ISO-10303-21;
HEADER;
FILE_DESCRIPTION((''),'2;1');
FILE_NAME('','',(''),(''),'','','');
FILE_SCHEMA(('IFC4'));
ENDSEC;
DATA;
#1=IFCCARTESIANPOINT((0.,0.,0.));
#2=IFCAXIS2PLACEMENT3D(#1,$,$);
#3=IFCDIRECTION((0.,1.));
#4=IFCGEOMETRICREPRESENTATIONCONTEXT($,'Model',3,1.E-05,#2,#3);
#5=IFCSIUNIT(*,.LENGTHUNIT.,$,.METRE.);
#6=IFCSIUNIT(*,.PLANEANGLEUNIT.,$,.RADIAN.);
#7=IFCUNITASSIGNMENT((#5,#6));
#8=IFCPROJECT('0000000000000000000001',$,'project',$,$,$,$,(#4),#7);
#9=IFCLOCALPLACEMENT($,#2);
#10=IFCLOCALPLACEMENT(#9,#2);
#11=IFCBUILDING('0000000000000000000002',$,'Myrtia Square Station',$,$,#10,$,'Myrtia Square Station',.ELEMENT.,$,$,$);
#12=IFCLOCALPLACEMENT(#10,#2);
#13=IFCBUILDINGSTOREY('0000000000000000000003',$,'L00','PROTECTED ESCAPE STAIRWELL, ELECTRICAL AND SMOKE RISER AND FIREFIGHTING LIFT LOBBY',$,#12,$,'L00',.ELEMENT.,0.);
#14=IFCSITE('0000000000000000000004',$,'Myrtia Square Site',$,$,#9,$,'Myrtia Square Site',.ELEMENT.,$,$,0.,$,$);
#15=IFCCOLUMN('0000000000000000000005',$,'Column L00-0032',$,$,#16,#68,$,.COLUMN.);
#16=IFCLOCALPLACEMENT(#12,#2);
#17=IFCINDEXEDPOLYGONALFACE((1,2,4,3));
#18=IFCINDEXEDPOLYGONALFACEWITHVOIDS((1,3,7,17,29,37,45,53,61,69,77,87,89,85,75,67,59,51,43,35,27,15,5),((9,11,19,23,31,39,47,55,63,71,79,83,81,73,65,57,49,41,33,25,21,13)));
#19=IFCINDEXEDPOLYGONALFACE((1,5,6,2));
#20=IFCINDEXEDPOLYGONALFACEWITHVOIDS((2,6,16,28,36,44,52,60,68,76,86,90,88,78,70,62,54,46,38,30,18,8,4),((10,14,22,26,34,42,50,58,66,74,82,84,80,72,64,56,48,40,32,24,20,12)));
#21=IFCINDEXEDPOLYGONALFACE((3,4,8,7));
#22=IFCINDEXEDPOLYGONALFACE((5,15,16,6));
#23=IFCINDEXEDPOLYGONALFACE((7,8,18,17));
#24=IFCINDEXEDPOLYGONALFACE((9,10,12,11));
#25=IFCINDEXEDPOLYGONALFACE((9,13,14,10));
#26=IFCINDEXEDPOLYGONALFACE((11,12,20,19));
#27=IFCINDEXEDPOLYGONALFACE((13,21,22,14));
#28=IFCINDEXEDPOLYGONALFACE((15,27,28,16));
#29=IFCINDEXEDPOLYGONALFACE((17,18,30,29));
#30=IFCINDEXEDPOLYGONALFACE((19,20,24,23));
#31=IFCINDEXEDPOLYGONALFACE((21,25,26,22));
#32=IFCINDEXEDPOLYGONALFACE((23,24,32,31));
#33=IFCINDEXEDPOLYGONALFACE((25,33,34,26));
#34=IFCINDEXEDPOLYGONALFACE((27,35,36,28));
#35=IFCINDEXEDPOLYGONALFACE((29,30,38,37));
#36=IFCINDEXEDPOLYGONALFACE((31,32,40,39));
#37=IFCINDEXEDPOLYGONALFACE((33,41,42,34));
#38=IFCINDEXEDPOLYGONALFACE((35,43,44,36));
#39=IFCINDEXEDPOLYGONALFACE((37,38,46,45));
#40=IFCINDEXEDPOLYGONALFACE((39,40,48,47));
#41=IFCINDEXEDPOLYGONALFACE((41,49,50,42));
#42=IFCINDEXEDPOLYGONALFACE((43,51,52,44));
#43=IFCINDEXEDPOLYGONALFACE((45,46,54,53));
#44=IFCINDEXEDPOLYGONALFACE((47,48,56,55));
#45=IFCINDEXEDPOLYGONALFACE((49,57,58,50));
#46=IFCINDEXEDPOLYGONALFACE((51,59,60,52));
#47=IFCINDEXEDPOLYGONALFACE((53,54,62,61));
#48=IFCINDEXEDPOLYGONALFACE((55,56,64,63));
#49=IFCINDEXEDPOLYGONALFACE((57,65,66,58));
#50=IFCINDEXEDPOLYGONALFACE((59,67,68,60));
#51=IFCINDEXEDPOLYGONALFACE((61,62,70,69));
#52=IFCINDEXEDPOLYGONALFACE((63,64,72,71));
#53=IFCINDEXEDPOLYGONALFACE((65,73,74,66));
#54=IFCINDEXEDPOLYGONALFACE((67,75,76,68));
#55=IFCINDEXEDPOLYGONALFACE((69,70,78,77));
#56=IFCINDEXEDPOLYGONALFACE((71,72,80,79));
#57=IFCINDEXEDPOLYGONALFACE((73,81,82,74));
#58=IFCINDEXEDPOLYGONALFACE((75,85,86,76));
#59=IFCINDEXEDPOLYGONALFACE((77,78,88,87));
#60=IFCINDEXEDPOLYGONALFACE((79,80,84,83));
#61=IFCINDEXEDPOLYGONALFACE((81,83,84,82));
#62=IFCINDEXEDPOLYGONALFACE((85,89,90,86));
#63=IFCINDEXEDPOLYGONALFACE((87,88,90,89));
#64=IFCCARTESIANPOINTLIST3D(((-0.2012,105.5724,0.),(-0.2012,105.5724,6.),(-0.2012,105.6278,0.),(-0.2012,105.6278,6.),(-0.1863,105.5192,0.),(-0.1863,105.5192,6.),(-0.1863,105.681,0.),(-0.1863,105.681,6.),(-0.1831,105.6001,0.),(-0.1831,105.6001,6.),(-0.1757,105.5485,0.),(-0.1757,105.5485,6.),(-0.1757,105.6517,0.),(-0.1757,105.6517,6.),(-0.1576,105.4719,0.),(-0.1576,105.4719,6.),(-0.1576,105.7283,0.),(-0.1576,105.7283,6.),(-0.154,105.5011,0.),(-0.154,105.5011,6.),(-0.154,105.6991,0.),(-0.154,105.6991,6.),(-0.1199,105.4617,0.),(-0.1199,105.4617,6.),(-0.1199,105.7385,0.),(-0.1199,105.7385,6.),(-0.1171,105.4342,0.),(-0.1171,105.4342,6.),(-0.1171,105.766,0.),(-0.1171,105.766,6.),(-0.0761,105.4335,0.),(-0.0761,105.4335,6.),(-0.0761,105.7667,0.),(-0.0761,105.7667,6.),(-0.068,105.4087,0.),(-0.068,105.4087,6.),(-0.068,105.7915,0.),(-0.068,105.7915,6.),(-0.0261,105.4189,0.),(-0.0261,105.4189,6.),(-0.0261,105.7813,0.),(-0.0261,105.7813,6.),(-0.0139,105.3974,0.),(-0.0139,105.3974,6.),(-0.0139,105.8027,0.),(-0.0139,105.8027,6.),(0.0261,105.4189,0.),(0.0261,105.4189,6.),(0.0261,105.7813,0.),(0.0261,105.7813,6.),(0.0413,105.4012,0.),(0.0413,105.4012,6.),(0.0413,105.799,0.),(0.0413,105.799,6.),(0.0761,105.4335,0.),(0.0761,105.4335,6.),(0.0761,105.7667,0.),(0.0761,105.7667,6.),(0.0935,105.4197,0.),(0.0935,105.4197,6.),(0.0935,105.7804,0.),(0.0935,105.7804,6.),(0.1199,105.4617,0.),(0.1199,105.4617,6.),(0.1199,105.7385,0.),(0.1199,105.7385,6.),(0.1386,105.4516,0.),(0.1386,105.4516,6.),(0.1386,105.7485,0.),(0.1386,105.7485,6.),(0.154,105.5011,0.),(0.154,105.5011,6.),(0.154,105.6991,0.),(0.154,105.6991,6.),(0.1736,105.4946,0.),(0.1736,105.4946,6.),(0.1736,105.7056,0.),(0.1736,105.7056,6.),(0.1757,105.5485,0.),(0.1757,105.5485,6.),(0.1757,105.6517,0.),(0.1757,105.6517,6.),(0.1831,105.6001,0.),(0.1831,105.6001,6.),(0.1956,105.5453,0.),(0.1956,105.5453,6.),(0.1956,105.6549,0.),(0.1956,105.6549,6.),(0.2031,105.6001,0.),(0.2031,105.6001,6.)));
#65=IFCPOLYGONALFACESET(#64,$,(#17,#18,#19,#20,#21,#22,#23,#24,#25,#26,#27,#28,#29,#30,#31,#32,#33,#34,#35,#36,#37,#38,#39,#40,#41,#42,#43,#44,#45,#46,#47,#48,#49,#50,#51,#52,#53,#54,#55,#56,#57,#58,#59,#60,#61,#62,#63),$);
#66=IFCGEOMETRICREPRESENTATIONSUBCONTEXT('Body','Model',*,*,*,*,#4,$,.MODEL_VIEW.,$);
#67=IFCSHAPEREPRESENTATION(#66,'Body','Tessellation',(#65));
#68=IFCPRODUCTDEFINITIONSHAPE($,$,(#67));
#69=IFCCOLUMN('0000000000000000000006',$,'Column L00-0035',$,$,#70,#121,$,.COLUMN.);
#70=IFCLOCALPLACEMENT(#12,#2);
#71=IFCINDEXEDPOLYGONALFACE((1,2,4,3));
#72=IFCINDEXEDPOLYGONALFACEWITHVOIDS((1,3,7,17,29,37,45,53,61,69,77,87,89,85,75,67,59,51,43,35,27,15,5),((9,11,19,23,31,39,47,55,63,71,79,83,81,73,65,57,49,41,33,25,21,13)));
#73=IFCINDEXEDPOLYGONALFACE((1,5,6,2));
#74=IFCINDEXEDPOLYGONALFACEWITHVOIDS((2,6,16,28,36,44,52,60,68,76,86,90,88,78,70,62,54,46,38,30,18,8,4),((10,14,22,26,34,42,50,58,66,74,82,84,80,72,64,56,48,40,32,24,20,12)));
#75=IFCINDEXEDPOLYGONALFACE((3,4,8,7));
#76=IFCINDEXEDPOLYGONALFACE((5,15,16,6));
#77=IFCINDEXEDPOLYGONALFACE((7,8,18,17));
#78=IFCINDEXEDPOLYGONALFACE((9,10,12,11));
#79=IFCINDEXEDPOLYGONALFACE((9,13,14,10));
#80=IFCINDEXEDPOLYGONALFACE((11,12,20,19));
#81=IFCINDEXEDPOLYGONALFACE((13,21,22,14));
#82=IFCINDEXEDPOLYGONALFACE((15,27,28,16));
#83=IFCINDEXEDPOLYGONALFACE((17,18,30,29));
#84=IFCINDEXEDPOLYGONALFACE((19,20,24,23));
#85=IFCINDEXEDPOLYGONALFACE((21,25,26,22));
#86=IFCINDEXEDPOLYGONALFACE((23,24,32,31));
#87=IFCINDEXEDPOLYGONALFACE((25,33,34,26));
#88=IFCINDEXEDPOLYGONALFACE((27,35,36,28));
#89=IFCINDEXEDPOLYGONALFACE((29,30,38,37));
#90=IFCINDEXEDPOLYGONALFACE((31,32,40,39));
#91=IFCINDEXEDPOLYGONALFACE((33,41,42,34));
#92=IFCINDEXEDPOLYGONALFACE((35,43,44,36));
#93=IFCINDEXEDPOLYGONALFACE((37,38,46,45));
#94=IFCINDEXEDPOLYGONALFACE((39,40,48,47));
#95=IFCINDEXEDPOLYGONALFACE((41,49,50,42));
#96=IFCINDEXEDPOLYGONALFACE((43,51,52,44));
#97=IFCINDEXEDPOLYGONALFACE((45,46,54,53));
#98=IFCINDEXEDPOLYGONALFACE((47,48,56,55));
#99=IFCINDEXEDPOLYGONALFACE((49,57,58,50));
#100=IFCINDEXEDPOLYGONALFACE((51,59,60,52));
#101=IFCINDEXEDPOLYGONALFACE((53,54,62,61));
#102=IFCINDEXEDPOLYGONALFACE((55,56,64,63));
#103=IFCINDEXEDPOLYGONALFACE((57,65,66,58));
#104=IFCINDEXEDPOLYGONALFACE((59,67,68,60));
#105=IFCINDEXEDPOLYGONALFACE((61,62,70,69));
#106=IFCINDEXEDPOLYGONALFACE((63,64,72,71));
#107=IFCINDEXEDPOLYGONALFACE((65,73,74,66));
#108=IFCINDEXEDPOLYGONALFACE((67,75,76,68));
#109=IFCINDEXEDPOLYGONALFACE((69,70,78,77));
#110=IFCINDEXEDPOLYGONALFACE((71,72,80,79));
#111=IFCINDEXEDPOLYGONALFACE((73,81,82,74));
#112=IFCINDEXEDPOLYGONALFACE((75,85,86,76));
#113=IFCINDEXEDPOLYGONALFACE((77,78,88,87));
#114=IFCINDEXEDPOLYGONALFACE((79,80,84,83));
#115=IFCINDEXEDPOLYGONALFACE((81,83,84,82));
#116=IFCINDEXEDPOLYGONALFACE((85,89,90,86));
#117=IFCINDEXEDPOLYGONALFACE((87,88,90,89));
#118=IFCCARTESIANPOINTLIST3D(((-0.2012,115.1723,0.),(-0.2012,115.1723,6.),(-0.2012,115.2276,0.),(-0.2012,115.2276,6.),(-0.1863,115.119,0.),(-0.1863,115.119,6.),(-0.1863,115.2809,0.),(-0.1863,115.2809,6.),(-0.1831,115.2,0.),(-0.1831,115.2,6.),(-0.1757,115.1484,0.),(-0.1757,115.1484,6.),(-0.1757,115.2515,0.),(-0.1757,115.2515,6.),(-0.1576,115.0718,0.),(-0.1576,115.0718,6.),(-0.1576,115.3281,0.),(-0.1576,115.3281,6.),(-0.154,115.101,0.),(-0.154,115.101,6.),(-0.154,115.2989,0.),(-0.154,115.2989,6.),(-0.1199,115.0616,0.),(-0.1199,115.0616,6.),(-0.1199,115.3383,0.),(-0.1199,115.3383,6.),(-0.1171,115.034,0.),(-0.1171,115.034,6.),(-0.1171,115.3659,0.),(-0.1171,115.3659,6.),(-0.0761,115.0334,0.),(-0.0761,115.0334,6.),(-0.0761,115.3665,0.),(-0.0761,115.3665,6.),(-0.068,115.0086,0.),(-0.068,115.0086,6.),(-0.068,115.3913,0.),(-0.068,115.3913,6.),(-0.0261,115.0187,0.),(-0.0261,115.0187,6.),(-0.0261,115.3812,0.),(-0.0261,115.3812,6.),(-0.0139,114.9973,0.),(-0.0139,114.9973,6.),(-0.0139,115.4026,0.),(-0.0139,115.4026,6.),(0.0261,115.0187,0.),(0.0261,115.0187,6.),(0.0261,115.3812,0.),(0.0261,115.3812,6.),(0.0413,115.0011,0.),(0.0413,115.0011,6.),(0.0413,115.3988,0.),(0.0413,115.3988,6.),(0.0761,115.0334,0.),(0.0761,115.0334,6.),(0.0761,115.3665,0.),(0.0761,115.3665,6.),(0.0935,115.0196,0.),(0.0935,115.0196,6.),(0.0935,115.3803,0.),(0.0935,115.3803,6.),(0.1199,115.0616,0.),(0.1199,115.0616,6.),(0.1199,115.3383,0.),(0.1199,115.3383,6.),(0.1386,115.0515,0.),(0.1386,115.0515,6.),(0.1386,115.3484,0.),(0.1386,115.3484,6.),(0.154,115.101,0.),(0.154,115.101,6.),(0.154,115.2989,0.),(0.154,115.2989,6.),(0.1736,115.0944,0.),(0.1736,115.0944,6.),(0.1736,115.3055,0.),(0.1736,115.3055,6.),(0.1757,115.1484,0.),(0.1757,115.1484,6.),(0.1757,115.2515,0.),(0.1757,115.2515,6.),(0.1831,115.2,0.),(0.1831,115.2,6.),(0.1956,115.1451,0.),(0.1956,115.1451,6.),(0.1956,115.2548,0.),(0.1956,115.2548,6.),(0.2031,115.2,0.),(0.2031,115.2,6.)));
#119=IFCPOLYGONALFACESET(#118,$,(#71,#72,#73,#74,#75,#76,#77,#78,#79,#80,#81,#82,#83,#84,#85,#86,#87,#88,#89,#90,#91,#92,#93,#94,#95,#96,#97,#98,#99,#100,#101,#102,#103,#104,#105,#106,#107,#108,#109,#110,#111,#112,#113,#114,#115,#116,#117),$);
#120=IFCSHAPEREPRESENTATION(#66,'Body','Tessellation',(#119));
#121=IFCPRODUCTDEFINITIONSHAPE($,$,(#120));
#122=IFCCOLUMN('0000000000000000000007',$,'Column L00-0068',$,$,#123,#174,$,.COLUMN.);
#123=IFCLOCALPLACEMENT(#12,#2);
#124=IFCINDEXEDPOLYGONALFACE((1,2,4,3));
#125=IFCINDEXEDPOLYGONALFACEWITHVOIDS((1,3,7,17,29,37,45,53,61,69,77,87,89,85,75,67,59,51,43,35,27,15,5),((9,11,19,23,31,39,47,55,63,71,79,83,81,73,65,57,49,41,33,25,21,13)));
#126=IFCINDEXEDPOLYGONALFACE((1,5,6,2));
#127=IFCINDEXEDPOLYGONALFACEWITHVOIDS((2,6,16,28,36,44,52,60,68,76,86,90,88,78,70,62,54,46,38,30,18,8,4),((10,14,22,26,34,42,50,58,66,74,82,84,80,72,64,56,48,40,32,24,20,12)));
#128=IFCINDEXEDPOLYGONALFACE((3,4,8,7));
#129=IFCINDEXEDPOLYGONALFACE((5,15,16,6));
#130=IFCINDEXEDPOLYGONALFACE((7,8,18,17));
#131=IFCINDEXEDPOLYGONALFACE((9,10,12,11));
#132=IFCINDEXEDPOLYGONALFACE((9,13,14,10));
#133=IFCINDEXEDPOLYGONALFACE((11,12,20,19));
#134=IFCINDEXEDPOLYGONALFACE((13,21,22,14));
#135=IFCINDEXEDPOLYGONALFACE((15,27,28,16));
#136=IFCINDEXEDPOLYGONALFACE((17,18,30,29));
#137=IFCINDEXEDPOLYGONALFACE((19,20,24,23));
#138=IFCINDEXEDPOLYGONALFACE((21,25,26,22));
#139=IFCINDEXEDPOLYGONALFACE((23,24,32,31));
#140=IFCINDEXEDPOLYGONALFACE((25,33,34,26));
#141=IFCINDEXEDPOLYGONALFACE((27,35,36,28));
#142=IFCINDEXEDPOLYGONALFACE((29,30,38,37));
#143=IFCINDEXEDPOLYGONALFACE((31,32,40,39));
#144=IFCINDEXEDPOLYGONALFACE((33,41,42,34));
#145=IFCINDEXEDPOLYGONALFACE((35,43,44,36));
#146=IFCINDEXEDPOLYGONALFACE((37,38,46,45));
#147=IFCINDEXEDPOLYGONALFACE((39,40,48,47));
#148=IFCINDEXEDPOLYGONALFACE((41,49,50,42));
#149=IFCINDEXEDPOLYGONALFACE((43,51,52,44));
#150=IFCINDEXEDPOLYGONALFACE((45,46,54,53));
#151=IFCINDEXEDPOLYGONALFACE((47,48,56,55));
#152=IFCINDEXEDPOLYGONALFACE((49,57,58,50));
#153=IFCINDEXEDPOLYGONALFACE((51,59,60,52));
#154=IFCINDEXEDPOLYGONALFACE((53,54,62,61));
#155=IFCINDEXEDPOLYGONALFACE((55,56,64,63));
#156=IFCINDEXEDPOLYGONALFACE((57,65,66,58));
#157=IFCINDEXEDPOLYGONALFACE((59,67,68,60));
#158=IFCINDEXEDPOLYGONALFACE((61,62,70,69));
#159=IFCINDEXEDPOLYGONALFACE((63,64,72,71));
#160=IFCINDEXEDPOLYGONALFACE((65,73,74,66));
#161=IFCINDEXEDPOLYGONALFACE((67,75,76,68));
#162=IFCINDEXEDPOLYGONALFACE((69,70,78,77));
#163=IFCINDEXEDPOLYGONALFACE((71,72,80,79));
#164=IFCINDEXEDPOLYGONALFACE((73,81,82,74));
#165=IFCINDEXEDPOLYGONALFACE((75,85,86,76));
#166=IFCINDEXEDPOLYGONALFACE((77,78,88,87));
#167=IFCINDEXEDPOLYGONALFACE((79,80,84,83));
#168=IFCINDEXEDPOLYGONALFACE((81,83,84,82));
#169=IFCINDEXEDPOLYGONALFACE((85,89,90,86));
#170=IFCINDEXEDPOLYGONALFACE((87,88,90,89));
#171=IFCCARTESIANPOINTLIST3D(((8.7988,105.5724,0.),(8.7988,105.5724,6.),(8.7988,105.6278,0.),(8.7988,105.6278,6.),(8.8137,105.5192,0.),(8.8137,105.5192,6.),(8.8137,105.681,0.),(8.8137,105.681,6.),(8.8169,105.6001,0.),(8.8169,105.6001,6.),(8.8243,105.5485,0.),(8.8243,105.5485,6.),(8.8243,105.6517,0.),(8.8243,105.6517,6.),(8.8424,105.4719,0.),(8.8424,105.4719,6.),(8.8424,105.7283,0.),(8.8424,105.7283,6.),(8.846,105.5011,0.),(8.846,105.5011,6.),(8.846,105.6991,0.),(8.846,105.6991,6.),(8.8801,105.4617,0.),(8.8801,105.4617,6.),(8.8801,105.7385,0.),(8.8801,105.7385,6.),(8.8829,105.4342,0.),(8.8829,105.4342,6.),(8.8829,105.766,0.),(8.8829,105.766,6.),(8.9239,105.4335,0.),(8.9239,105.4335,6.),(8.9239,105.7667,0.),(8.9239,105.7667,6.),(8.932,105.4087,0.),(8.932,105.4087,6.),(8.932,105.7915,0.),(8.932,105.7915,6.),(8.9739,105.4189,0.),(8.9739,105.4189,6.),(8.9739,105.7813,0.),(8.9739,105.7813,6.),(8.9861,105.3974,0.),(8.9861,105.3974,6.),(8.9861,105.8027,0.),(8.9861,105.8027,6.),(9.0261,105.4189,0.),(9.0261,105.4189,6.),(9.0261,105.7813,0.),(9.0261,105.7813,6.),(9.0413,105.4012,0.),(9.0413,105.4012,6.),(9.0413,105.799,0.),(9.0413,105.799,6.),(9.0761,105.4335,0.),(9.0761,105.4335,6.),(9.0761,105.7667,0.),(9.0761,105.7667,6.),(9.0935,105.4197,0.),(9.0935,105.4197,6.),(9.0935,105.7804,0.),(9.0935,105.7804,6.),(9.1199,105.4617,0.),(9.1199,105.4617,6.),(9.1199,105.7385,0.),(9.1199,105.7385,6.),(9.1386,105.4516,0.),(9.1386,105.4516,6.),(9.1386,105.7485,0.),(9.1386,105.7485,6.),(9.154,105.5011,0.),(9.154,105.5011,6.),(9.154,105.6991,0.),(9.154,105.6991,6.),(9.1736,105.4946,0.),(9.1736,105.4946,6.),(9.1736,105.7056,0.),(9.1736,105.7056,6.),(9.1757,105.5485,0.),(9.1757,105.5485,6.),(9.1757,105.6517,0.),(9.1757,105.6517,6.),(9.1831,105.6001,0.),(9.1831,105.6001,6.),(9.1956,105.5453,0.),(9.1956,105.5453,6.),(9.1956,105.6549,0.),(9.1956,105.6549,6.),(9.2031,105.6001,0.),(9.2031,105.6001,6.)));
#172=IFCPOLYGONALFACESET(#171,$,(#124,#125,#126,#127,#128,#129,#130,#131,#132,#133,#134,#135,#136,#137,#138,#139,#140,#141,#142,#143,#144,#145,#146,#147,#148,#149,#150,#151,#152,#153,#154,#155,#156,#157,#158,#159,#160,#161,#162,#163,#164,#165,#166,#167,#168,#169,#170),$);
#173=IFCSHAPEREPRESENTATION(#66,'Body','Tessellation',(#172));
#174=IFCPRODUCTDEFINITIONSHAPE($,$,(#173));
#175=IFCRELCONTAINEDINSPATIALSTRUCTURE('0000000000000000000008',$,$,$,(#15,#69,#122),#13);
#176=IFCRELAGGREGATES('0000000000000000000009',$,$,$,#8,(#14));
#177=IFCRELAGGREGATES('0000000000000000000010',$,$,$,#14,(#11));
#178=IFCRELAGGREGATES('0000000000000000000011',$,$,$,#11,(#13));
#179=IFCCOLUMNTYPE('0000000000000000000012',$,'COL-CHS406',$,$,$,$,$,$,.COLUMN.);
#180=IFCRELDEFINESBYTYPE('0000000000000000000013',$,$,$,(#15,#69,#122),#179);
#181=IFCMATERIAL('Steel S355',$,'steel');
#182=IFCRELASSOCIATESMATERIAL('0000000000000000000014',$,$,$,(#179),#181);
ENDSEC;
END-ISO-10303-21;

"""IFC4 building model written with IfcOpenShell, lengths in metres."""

from ifc_helpers import new_model, si_unit, direction, frame, origin, origin_2d, place, context, subcontext, project, spatial, hollow_circle, extrude, material, material_profile, profile_set, type_object, element, save


model = new_model("IFC4")

# Units and contexts
model_context = context("Model", 3, precision=1e-05, world=origin(), true_north=direction((0.0, 1.0)))
body_context = subcontext(model_context, "Body", "Model", "MODEL_VIEW")
ifc_project = project(units=[si_unit("LENGTHUNIT", "METRE"), si_unit("PLANEANGLEUNIT", "RADIAN")], contexts=[model_context])

# Site, building, storey
site_placement = place(None, origin())
site = spatial("IfcSite", under=ifc_project, at=site_placement, Name="Myrtia Square Site", LongName="Myrtia Square Site", CompositionType="ELEMENT", RefElevation=0.0)
building_placement = place(site_placement, origin())
building = spatial("IfcBuilding", under=site, at=building_placement, Name="Myrtia Square Station", LongName="Myrtia Square Station", CompositionType="ELEMENT")
storey_placement = place(building_placement, origin())
storey = spatial("IfcBuildingStorey", under=building, at=storey_placement, Name="L00", Description="PROTECTED ESCAPE STAIRWELL, ELECTRICAL AND SMOKE RISER AND FIREFIGHTING LIFT LOBBY", LongName="L00", CompositionType="ELEMENT", Elevation=0.0)

# Columns
ifc_material_1 = material(Name="Steel S355", Category="steel")
ifc_material_profile_1 = material_profile(ifc_material_1, hollow_circle(Radius=0.2031, WallThickness=0.02, at=origin_2d()), Name="CHS 406.4x20")
ifc_profile_set_1 = profile_set([ifc_material_profile_1], Name="Steel S355")
column_type = type_object("IfcColumnType", Name="COL-CHS406", PredefinedType="COLUMN", material=ifc_profile_set_1)
for number, where, z_axis, x_axis, name in (
    (1, (0.0, 105.6001, 0.0), (0.0, 0.0, 1.0), (1.0, 0.0, 0.0), "Column L00-0032"),
    (2, (0.0, 115.2, 0.0), (0.0, 0.0, 1.0), (1.0, 0.0, 0.0), "Column L00-0035"),
    (3, (9.0, 105.6001, 0.0), (0.0, 0.0, 1.0), (1.0, 0.0, 0.0), "Column L00-0068"),
):
    element("IfcColumn", number, at=place(storey_placement, frame(where, z_axis=z_axis, x_axis=x_axis)), inside=storey, type_object=column_type, Name=name, PredefinedType="COLUMN", context=body_context, shape_type="SweptSolid", body=[
        extrude(hollow_circle(Radius=0.2031, WallThickness=0.02, at=origin_2d()), origin(), (0.0, 0.0, 1.0), 6.0),
    ])

save(model, "model.ifc")
